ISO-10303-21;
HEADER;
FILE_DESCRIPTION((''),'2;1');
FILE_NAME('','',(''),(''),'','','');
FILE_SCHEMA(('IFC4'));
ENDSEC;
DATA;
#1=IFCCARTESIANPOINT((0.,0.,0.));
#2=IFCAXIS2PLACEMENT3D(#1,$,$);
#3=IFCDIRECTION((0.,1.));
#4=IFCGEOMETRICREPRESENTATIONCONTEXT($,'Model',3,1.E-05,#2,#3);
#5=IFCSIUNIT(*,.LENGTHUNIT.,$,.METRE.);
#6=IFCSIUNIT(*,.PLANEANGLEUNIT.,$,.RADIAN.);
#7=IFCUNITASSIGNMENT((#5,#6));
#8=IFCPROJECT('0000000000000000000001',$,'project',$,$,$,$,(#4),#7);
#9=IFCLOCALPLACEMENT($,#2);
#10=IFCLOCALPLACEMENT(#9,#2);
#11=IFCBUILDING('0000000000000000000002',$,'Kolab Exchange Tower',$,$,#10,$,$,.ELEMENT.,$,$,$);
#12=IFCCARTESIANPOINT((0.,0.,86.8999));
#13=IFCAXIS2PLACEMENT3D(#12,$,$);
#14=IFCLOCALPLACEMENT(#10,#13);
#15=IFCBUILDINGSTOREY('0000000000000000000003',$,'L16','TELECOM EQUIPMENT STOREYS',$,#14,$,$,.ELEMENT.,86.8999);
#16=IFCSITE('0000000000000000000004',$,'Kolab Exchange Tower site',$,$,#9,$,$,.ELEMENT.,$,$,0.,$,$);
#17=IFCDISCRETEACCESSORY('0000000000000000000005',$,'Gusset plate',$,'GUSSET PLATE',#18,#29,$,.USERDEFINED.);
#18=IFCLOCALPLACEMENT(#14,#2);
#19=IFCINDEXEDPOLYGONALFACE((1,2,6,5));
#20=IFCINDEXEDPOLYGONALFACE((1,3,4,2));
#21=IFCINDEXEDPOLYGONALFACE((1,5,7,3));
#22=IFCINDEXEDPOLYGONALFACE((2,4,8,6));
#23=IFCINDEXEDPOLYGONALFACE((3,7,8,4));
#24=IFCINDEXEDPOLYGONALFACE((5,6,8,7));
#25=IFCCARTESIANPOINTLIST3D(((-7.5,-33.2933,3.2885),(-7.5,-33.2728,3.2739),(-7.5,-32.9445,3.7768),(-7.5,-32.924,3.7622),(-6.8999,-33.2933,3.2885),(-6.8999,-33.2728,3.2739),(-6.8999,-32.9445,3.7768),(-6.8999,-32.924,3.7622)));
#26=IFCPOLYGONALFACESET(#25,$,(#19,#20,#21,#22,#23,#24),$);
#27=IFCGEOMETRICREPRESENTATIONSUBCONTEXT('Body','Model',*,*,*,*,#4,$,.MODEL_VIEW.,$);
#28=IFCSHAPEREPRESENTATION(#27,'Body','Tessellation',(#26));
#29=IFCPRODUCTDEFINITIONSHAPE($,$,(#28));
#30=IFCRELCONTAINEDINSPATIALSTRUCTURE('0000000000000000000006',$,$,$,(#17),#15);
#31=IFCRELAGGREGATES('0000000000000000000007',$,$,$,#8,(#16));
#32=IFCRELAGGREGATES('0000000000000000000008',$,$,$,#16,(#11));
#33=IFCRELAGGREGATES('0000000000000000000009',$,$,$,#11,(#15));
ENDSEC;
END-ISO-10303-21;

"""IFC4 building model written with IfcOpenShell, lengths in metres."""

from ifc_helpers import new_model, si_unit, direction, frame, origin, origin_2d, place, context, subcontext, project, spatial, rectangle, extrude, element, save


model = new_model("IFC4")

# Units and contexts
model_context = context("Model", 3, precision=1e-05, world=origin(), true_north=direction((0.0, 1.0)))
body_context = subcontext(model_context, "Body", "Model", "MODEL_VIEW")
ifc_project = project(units=[si_unit("LENGTHUNIT", "METRE"), si_unit("PLANEANGLEUNIT", "RADIAN")], contexts=[model_context])

# Site, building, storey
site_placement = place(None, origin())
site = spatial("IfcSite", under=ifc_project, at=site_placement, Name="Kolab Exchange Tower site", CompositionType="ELEMENT", RefElevation=0.0)
building_placement = place(site_placement, origin())
building = spatial("IfcBuilding", under=site, at=building_placement, Name="Kolab Exchange Tower", CompositionType="ELEMENT")
storey_placement = place(building_placement, frame((0.0, 0.0, 86.8999)))
storey = spatial("IfcBuildingStorey", under=building, at=storey_placement, Name="L16", Description="TELECOM EQUIPMENT STOREYS", CompositionType="ELEMENT", Elevation=86.8999)

# Discrete accessory
discrete_accessory_placement = place(storey_placement, frame((-7.2, -33.0984, 3.5181), z_axis=(0.0, -0.813733, 0.581238), x_axis=(1.0, 0.0, 0.0)))
element("IfcDiscreteAccessory", 1, at=discrete_accessory_placement, inside=storey, Name="Gusset plate", ObjectType="GUSSET PLATE", PredefinedType="USERDEFINED", context=body_context, shape_type="SweptSolid", body=[
    extrude(rectangle(XDim=0.6001, YDim=0.6001, at=origin_2d()), origin(), (0.0, 0.0, 1.0), 0.0251),
])

save(model, "model.ifc")
